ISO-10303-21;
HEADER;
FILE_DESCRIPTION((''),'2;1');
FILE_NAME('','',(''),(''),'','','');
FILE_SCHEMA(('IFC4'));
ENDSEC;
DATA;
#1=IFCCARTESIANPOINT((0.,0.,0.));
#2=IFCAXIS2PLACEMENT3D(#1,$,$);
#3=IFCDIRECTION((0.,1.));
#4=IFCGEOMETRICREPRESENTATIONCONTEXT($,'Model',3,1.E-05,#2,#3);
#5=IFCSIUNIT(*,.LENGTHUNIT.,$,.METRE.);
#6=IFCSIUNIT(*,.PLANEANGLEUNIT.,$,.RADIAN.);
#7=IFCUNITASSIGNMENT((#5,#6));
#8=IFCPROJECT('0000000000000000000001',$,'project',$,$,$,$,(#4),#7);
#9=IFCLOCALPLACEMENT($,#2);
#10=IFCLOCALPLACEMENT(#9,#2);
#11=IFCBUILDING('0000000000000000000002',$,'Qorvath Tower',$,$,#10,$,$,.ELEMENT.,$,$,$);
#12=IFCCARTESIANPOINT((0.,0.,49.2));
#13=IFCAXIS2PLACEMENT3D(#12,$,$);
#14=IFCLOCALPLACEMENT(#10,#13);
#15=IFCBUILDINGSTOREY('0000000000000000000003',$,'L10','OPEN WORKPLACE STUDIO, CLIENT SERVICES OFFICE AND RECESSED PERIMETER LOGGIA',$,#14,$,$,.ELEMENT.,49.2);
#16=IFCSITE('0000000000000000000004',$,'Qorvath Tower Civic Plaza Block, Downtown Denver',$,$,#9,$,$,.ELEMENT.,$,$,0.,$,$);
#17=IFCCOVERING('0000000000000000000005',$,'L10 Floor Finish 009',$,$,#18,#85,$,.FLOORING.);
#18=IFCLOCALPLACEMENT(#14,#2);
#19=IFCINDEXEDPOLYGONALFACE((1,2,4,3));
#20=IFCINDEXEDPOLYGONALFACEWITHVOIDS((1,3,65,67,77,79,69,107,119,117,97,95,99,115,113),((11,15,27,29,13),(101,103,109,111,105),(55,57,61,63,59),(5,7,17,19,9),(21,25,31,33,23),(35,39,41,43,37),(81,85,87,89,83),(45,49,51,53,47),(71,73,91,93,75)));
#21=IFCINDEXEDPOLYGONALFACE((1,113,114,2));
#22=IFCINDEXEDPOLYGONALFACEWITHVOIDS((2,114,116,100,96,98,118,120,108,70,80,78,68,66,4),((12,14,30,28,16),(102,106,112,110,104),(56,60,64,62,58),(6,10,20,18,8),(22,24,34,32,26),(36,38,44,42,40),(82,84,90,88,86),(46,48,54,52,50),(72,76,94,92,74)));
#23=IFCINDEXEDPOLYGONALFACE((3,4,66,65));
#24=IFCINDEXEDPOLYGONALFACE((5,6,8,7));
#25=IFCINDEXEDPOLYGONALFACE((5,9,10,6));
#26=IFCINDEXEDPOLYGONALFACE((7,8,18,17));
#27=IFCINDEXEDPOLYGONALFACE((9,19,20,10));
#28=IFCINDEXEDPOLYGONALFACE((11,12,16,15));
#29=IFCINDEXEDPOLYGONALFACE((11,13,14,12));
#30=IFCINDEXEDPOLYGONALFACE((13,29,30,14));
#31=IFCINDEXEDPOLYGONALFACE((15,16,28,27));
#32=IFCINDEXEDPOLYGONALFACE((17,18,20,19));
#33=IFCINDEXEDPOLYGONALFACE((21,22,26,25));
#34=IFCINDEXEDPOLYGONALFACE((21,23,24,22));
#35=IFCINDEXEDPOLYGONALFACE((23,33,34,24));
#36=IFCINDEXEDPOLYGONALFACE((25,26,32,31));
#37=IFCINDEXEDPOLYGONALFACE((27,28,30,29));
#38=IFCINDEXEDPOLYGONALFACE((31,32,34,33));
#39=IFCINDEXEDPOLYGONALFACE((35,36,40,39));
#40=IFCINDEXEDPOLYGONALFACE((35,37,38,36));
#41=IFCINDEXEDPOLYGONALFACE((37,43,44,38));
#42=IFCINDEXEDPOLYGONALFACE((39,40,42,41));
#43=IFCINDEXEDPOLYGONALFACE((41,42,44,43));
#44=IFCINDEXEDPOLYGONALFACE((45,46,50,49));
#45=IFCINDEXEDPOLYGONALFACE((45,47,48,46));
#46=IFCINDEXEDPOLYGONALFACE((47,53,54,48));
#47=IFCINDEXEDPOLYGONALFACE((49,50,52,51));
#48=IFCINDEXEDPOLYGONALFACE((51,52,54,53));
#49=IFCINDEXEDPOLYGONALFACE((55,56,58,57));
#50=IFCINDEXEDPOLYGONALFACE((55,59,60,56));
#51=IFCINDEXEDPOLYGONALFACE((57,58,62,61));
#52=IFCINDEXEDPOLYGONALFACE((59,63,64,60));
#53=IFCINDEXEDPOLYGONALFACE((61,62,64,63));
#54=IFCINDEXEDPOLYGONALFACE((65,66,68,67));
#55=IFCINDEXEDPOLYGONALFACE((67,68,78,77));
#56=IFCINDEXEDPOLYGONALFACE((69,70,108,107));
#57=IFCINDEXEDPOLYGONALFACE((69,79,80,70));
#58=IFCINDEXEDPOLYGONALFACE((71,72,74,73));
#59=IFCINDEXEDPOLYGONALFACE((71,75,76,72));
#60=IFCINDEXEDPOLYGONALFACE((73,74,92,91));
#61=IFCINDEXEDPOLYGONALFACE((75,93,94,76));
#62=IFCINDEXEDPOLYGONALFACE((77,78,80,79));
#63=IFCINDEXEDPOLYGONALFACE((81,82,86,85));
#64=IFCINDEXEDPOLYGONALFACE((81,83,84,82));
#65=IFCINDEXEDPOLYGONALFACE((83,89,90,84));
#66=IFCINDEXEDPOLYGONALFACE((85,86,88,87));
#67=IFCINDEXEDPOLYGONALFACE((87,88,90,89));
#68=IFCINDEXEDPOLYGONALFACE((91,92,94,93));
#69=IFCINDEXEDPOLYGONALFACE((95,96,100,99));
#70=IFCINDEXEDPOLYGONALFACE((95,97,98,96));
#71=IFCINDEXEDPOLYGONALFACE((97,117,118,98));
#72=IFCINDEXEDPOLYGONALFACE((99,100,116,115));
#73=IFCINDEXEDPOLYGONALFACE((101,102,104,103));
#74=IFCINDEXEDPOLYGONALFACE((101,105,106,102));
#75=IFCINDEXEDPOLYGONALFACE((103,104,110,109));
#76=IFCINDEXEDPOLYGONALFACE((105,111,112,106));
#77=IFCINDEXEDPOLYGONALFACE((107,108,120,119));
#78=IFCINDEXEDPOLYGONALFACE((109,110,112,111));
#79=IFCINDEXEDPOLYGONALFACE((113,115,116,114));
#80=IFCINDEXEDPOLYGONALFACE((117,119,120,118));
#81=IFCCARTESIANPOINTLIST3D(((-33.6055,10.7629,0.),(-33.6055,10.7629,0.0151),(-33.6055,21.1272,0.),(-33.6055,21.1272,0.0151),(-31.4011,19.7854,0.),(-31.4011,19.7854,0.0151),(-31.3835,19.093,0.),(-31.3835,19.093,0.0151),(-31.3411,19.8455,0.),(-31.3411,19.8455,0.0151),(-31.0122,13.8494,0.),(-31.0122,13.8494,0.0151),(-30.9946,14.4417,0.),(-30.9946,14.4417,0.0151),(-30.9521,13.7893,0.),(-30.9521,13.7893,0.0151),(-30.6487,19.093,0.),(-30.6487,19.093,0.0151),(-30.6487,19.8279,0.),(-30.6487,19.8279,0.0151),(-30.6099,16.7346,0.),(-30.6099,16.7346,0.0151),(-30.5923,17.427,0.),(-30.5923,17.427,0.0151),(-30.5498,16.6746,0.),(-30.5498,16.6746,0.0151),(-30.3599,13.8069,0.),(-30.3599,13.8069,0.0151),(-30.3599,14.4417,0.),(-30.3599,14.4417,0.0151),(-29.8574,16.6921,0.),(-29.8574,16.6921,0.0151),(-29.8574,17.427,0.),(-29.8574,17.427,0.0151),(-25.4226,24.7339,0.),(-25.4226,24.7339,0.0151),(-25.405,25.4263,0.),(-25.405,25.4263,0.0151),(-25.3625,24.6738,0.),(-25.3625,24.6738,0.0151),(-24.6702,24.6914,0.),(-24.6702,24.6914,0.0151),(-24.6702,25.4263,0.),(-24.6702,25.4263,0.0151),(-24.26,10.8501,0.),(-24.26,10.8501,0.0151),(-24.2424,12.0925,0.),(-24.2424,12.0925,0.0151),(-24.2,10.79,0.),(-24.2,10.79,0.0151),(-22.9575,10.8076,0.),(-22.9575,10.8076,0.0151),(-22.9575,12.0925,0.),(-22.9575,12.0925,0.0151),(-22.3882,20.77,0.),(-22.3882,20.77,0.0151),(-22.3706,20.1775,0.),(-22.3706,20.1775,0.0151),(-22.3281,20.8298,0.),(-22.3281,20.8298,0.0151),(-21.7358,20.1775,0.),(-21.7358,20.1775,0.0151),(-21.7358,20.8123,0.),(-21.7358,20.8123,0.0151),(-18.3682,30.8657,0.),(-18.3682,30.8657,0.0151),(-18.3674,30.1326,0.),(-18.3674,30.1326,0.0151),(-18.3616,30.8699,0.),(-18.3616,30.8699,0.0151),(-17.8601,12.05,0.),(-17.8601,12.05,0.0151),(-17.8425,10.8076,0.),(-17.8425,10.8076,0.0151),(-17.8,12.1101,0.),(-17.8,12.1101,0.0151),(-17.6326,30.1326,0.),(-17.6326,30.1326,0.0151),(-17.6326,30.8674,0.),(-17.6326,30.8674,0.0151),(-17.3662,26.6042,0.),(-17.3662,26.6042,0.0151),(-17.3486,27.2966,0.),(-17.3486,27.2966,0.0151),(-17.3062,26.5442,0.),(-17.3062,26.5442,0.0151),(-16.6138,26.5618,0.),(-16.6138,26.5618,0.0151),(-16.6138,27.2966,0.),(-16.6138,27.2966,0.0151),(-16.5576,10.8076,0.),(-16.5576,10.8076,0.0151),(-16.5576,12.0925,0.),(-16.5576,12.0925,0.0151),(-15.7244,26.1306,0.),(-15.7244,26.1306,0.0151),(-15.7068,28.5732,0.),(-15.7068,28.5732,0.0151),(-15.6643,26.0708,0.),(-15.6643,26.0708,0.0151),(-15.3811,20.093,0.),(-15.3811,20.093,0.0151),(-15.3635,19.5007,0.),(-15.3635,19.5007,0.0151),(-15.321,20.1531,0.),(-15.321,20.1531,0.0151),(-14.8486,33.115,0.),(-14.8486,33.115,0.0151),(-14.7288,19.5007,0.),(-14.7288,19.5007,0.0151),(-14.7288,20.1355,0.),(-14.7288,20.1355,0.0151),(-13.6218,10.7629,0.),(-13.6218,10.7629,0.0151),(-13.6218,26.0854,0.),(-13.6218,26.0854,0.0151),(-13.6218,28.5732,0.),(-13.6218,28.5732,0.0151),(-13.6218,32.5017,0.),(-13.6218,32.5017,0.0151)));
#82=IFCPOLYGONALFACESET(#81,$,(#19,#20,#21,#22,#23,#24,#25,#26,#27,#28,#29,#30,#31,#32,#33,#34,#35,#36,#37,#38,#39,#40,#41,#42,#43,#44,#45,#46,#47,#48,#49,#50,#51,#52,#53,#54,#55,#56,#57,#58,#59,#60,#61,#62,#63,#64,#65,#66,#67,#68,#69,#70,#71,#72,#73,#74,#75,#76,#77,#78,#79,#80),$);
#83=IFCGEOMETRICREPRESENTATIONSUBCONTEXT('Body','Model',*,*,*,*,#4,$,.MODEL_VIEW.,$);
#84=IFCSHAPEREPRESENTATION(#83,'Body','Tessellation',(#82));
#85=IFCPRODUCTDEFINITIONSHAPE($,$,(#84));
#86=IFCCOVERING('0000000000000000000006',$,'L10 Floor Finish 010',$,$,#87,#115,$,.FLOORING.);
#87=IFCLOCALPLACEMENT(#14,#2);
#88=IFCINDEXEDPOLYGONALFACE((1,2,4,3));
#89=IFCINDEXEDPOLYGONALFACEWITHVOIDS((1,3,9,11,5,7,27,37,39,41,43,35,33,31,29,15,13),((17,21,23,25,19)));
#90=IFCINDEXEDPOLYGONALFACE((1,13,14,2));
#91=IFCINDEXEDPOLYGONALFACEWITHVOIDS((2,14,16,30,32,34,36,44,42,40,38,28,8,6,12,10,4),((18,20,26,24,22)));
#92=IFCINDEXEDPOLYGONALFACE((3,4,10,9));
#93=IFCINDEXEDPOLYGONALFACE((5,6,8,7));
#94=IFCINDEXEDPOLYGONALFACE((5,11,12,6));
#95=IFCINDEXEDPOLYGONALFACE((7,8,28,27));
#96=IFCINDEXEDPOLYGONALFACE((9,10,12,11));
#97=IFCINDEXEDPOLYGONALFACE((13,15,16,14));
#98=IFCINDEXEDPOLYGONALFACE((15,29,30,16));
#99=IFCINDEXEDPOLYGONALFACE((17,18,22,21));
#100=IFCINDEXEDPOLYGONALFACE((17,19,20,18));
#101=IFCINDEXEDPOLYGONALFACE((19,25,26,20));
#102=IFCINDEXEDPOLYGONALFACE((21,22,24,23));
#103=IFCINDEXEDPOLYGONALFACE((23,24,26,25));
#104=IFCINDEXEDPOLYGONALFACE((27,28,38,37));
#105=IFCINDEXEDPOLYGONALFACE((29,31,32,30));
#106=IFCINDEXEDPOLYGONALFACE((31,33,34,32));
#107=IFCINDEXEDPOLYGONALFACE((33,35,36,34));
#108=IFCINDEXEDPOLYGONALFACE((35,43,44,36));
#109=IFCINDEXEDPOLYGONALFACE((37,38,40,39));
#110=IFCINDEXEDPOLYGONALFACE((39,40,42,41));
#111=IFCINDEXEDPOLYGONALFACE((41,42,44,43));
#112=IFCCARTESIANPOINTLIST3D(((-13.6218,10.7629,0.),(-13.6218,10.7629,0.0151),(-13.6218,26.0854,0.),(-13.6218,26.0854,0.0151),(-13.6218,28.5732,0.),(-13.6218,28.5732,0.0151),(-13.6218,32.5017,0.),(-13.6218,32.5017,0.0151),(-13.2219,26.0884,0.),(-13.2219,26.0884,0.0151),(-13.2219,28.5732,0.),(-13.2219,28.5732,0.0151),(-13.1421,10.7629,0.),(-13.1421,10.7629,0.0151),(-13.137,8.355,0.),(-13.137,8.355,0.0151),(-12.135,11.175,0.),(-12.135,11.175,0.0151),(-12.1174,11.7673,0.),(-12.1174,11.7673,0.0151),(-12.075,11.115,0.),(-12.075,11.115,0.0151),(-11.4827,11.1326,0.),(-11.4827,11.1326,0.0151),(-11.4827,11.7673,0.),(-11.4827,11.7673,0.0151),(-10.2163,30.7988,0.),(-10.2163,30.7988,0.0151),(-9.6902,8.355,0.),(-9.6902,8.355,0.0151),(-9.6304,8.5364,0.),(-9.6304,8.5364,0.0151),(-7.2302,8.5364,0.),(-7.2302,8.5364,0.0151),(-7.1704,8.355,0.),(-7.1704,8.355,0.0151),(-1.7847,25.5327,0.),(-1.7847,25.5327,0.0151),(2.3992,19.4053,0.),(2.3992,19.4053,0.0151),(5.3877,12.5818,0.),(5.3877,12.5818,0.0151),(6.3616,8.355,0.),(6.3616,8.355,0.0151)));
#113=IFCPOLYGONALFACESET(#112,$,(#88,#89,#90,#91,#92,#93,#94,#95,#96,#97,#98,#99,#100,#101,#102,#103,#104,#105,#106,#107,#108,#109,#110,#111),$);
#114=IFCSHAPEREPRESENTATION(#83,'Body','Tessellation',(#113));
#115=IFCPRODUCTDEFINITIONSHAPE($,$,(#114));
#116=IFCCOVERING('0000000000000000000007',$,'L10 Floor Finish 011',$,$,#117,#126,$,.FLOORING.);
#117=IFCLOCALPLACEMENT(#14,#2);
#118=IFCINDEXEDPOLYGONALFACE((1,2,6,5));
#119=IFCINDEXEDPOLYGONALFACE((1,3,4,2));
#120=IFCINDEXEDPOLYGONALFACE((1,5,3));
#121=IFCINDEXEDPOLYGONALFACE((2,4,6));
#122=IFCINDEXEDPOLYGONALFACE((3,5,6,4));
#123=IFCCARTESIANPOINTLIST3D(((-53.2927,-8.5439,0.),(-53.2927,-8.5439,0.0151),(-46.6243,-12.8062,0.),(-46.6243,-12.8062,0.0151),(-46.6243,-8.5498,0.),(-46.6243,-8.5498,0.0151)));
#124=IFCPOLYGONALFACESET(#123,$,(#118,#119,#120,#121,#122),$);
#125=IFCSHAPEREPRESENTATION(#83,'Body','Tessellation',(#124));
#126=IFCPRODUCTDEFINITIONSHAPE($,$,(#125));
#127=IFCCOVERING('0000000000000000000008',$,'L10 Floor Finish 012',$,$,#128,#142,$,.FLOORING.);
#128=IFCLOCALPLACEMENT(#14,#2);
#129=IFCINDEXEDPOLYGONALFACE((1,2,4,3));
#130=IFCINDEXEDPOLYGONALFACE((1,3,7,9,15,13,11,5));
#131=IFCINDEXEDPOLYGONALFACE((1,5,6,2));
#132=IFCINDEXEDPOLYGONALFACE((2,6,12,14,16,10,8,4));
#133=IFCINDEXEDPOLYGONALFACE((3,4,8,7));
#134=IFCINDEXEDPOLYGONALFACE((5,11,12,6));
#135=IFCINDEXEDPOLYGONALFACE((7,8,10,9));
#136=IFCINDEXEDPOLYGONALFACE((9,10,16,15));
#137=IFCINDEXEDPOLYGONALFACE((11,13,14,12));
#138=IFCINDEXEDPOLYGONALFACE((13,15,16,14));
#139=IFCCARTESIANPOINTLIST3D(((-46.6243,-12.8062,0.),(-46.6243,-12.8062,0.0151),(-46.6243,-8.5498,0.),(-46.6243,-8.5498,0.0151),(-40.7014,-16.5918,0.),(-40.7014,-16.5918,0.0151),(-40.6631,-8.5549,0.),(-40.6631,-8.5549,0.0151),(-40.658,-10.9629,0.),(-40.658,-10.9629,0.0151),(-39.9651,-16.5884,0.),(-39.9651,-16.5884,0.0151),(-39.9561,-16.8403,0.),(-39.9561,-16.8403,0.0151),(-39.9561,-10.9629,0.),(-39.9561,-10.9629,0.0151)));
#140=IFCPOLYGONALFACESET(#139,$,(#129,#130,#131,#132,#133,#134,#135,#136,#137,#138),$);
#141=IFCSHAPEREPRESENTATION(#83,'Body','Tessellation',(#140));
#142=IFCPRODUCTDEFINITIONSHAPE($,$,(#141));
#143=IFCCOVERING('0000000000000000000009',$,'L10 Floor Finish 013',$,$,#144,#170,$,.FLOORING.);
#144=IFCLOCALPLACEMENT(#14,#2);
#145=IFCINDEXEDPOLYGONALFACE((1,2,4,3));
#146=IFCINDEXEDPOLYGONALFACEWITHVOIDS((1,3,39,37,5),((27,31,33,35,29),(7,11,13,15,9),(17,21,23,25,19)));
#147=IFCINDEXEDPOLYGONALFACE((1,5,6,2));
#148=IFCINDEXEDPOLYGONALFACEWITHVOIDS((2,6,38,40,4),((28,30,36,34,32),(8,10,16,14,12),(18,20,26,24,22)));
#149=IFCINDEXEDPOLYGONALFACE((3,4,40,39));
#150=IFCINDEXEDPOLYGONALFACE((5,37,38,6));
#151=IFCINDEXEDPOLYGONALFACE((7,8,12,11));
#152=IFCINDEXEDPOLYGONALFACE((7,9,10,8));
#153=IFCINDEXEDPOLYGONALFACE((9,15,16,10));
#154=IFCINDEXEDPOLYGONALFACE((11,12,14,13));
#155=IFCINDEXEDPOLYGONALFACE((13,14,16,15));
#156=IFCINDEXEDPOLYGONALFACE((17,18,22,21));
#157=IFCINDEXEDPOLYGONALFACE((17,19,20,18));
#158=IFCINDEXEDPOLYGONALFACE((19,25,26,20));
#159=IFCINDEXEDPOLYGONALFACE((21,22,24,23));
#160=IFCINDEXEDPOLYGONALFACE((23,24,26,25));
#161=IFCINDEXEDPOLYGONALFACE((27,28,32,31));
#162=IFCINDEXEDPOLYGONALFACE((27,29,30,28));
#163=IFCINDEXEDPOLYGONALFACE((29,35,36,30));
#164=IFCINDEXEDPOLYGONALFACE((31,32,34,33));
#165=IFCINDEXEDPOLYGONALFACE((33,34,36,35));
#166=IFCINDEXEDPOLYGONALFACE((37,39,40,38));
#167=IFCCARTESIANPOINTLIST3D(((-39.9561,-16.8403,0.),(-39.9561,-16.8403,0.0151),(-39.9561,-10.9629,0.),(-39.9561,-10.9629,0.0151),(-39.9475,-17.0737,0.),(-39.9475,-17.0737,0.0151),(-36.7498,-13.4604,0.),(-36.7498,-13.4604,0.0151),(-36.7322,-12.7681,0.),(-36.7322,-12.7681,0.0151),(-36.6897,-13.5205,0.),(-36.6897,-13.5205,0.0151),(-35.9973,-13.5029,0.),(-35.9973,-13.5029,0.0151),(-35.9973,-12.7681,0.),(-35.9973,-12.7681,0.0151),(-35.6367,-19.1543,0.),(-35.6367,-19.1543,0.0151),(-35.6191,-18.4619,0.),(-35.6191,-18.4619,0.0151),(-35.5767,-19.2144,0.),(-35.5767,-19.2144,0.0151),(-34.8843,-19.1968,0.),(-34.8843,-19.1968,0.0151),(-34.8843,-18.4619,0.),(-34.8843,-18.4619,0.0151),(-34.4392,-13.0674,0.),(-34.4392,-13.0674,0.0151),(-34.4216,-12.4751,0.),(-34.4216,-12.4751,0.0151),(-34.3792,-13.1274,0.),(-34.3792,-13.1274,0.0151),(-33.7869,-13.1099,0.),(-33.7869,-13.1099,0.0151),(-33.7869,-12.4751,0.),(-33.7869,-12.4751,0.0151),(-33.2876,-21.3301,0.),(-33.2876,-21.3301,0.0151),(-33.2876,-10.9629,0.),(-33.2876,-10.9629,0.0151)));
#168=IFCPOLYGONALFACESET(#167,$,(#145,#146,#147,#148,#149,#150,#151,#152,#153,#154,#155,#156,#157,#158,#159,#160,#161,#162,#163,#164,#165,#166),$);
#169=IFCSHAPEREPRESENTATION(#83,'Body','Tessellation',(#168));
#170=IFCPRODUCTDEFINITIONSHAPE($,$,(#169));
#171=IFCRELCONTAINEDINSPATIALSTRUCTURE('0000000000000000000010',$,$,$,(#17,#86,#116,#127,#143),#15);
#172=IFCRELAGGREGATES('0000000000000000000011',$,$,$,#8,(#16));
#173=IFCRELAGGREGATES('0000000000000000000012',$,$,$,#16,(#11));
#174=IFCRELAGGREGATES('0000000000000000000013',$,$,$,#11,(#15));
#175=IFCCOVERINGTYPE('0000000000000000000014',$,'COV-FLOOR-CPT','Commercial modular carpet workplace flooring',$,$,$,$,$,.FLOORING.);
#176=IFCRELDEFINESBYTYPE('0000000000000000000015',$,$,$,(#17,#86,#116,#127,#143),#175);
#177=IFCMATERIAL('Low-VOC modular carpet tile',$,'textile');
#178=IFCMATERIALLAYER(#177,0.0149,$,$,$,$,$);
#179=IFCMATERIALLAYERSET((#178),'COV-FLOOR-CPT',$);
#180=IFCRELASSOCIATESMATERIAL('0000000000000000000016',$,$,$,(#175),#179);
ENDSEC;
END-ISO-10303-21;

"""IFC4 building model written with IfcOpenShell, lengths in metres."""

from ifc_helpers import new_model, si_unit, direction, frame, origin, place, context, subcontext, project, spatial, polyline, outline, extrude, material, layer, layer_set, type_object, element, save


model = new_model("IFC4")

# Units and contexts
model_context = context("Model", 3, precision=1e-05, world=origin(), true_north=direction((0.0, 1.0)))
body_context = subcontext(model_context, "Body", "Model", "MODEL_VIEW")
ifc_project = project(units=[si_unit("LENGTHUNIT", "METRE"), si_unit("PLANEANGLEUNIT", "RADIAN")], contexts=[model_context])

# Site, building, storey
site_placement = place(None, origin())
site = spatial("IfcSite", under=ifc_project, at=site_placement, Name="Qorvath Tower Civic Plaza Block, Downtown Denver", CompositionType="ELEMENT", RefElevation=0.0)
building_placement = place(site_placement, origin())
building = spatial("IfcBuilding", under=site, at=building_placement, Name="Qorvath Tower", CompositionType="ELEMENT")
storey_placement = place(building_placement, frame((0.0, 0.0, 49.2)))
storey = spatial("IfcBuildingStorey", under=building, at=storey_placement, Name="L10", Description="OPEN WORKPLACE STUDIO, CLIENT SERVICES OFFICE AND RECESSED PERIMETER LOGGIA", CompositionType="ELEMENT", Elevation=49.2)

# Coverings
ifc_material_1 = material(Name="Low-VOC modular carpet tile", Category="textile")
ifc_layer_1 = layer(ifc_material_1, 0.0149)
ifc_layer_set_1 = layer_set([ifc_layer_1], Name="COV-FLOOR-CPT")
covering_type_1 = type_object("IfcCoveringType", Name="COV-FLOOR-CPT", Description="Commercial modular carpet workplace flooring", PredefinedType="FLOORING", material=ifc_layer_set_1)
covering_1_placement = place(storey_placement, origin())
element("IfcCovering", 1, at=covering_1_placement, inside=storey, type_object=covering_type_1, Name="L10 Floor Finish 009", PredefinedType="FLOORING", context=body_context, shape_type="SweptSolid", body=[
    extrude(outline(polyline([(-18.3682, 30.8657), (-33.6055, 21.1272), (-33.6055, 10.7629), (-13.6218, 10.7629), (-13.6218, 26.0854), (-15.6643, 26.0708), (-15.7244, 26.1306), (-15.7068, 28.5732), (-13.6218, 28.5732), (-13.6218, 32.5017), (-14.8486, 33.115), (-18.3616, 30.8699), (-17.6326, 30.8674), (-17.6326, 30.1326), (-18.3674, 30.1326), (-18.3682, 30.8657)]), holes=[polyline([(-15.3811, 20.093), (-15.321, 20.1531), (-14.7288, 20.1355), (-14.7288, 19.5007), (-15.3635, 19.5007), (-15.3811, 20.093)]), polyline([(-17.8601, 12.05), (-17.8, 12.1101), (-16.5576, 12.0925), (-16.5576, 10.8076), (-17.8425, 10.8076), (-17.8601, 12.05)]), polyline([(-17.3662, 26.6042), (-17.3486, 27.2966), (-16.6138, 27.2966), (-16.6138, 26.5618), (-17.3062, 26.5442), (-17.3662, 26.6042)]), polyline([(-22.3882, 20.77), (-22.3281, 20.8298), (-21.7358, 20.8123), (-21.7358, 20.1775), (-22.3706, 20.1775), (-22.3882, 20.77)]), polyline([(-24.26, 10.8501), (-24.2424, 12.0925), (-22.9575, 12.0925), (-22.9575, 10.8076), (-24.2, 10.79), (-24.26, 10.8501)]), polyline([(-25.4226, 24.7339), (-25.405, 25.4263), (-24.6702, 25.4263), (-24.6702, 24.6914), (-25.3625, 24.6738), (-25.4226, 24.7339)]), polyline([(-30.6099, 16.7346), (-30.5923, 17.427), (-29.8574, 17.427), (-29.8574, 16.6921), (-30.5498, 16.6746), (-30.6099, 16.7346)]), polyline([(-31.0122, 13.8494), (-30.9946, 14.4417), (-30.3599, 14.4417), (-30.3599, 13.8069), (-30.9521, 13.7893), (-31.0122, 13.8494)]), polyline([(-31.4011, 19.7854), (-31.3411, 19.8455), (-30.6487, 19.8279), (-30.6487, 19.093), (-31.3835, 19.093), (-31.4011, 19.7854)])]), origin(), (0.0, 0.0, 1.0), 0.0151),
])
covering_2_placement = place(storey_placement, origin())
element("IfcCovering", 2, at=covering_2_placement, inside=storey, type_object=covering_type_1, Name="L10 Floor Finish 010", PredefinedType="FLOORING", context=body_context, shape_type="SweptSolid", body=[
    extrude(outline(polyline([(-13.6218, 32.5017), (-13.6218, 28.5732), (-13.2219, 28.5732), (-13.2219, 26.0884), (-13.6218, 26.0854), (-13.6218, 10.7629), (-13.1421, 10.7629), (-13.137, 8.355), (-9.6902, 8.355), (-9.6304, 8.5364), (-7.2302, 8.5364), (-7.1704, 8.355), (6.3616, 8.355), (5.3877, 12.5818), (2.3992, 19.4053), (-1.7847, 25.5327), (-10.2163, 30.7988), (-13.6218, 32.5017)]), holes=[polyline([(-12.135, 11.175), (-12.1174, 11.7673), (-11.4827, 11.7673), (-11.4827, 11.1326), (-12.075, 11.115), (-12.135, 11.175)])]), origin(), (0.0, 0.0, 1.0), 0.0151),
])
covering_3_placement = place(storey_placement, origin())
element("IfcCovering", 3, at=covering_3_placement, inside=storey, type_object=covering_type_1, Name="L10 Floor Finish 011", PredefinedType="FLOORING", context=body_context, shape_type="SweptSolid", body=[
    extrude(outline(polyline([(-46.6243, -12.8062), (-46.6243, -8.5498), (-53.2927, -8.5439), (-46.6243, -12.8062)])), origin(), (0.0, 0.0, 1.0), 0.0151),
])
covering_4_placement = place(storey_placement, origin())
element("IfcCovering", 4, at=covering_4_placement, inside=storey, type_object=covering_type_1, Name="L10 Floor Finish 012", PredefinedType="FLOORING", context=body_context, shape_type="SweptSolid", body=[
    extrude(outline(polyline([(-40.6631, -8.5549), (-46.6243, -8.5498), (-46.6243, -12.8062), (-40.7014, -16.5918), (-39.9651, -16.5884), (-39.9561, -16.8403), (-39.9561, -10.9629), (-40.658, -10.9629), (-40.6631, -8.5549)])), origin(), (0.0, 0.0, 1.0), 0.0151),
])
covering_5_placement = place(storey_placement, origin())
element("IfcCovering", 5, at=covering_5_placement, inside=storey, type_object=covering_type_1, Name="L10 Floor Finish 013", PredefinedType="FLOORING", context=body_context, shape_type="SweptSolid", body=[
    extrude(outline(polyline([(-39.9561, -10.9629), (-39.9561, -16.8403), (-39.9475, -17.0737), (-33.2876, -21.3301), (-33.2876, -10.9629), (-39.9561, -10.9629)]), holes=[polyline([(-34.4392, -13.0674), (-34.4216, -12.4751), (-33.7869, -12.4751), (-33.7869, -13.1099), (-34.3792, -13.1274), (-34.4392, -13.0674)]), polyline([(-35.6367, -19.1543), (-35.6191, -18.4619), (-34.8843, -18.4619), (-34.8843, -19.1968), (-35.5767, -19.2144), (-35.6367, -19.1543)]), polyline([(-36.7498, -13.4604), (-36.7322, -12.7681), (-35.9973, -12.7681), (-35.9973, -13.5029), (-36.6897, -13.5205), (-36.7498, -13.4604)])]), origin(), (0.0, 0.0, 1.0), 0.0151),
])

save(model, "model.ifc")
